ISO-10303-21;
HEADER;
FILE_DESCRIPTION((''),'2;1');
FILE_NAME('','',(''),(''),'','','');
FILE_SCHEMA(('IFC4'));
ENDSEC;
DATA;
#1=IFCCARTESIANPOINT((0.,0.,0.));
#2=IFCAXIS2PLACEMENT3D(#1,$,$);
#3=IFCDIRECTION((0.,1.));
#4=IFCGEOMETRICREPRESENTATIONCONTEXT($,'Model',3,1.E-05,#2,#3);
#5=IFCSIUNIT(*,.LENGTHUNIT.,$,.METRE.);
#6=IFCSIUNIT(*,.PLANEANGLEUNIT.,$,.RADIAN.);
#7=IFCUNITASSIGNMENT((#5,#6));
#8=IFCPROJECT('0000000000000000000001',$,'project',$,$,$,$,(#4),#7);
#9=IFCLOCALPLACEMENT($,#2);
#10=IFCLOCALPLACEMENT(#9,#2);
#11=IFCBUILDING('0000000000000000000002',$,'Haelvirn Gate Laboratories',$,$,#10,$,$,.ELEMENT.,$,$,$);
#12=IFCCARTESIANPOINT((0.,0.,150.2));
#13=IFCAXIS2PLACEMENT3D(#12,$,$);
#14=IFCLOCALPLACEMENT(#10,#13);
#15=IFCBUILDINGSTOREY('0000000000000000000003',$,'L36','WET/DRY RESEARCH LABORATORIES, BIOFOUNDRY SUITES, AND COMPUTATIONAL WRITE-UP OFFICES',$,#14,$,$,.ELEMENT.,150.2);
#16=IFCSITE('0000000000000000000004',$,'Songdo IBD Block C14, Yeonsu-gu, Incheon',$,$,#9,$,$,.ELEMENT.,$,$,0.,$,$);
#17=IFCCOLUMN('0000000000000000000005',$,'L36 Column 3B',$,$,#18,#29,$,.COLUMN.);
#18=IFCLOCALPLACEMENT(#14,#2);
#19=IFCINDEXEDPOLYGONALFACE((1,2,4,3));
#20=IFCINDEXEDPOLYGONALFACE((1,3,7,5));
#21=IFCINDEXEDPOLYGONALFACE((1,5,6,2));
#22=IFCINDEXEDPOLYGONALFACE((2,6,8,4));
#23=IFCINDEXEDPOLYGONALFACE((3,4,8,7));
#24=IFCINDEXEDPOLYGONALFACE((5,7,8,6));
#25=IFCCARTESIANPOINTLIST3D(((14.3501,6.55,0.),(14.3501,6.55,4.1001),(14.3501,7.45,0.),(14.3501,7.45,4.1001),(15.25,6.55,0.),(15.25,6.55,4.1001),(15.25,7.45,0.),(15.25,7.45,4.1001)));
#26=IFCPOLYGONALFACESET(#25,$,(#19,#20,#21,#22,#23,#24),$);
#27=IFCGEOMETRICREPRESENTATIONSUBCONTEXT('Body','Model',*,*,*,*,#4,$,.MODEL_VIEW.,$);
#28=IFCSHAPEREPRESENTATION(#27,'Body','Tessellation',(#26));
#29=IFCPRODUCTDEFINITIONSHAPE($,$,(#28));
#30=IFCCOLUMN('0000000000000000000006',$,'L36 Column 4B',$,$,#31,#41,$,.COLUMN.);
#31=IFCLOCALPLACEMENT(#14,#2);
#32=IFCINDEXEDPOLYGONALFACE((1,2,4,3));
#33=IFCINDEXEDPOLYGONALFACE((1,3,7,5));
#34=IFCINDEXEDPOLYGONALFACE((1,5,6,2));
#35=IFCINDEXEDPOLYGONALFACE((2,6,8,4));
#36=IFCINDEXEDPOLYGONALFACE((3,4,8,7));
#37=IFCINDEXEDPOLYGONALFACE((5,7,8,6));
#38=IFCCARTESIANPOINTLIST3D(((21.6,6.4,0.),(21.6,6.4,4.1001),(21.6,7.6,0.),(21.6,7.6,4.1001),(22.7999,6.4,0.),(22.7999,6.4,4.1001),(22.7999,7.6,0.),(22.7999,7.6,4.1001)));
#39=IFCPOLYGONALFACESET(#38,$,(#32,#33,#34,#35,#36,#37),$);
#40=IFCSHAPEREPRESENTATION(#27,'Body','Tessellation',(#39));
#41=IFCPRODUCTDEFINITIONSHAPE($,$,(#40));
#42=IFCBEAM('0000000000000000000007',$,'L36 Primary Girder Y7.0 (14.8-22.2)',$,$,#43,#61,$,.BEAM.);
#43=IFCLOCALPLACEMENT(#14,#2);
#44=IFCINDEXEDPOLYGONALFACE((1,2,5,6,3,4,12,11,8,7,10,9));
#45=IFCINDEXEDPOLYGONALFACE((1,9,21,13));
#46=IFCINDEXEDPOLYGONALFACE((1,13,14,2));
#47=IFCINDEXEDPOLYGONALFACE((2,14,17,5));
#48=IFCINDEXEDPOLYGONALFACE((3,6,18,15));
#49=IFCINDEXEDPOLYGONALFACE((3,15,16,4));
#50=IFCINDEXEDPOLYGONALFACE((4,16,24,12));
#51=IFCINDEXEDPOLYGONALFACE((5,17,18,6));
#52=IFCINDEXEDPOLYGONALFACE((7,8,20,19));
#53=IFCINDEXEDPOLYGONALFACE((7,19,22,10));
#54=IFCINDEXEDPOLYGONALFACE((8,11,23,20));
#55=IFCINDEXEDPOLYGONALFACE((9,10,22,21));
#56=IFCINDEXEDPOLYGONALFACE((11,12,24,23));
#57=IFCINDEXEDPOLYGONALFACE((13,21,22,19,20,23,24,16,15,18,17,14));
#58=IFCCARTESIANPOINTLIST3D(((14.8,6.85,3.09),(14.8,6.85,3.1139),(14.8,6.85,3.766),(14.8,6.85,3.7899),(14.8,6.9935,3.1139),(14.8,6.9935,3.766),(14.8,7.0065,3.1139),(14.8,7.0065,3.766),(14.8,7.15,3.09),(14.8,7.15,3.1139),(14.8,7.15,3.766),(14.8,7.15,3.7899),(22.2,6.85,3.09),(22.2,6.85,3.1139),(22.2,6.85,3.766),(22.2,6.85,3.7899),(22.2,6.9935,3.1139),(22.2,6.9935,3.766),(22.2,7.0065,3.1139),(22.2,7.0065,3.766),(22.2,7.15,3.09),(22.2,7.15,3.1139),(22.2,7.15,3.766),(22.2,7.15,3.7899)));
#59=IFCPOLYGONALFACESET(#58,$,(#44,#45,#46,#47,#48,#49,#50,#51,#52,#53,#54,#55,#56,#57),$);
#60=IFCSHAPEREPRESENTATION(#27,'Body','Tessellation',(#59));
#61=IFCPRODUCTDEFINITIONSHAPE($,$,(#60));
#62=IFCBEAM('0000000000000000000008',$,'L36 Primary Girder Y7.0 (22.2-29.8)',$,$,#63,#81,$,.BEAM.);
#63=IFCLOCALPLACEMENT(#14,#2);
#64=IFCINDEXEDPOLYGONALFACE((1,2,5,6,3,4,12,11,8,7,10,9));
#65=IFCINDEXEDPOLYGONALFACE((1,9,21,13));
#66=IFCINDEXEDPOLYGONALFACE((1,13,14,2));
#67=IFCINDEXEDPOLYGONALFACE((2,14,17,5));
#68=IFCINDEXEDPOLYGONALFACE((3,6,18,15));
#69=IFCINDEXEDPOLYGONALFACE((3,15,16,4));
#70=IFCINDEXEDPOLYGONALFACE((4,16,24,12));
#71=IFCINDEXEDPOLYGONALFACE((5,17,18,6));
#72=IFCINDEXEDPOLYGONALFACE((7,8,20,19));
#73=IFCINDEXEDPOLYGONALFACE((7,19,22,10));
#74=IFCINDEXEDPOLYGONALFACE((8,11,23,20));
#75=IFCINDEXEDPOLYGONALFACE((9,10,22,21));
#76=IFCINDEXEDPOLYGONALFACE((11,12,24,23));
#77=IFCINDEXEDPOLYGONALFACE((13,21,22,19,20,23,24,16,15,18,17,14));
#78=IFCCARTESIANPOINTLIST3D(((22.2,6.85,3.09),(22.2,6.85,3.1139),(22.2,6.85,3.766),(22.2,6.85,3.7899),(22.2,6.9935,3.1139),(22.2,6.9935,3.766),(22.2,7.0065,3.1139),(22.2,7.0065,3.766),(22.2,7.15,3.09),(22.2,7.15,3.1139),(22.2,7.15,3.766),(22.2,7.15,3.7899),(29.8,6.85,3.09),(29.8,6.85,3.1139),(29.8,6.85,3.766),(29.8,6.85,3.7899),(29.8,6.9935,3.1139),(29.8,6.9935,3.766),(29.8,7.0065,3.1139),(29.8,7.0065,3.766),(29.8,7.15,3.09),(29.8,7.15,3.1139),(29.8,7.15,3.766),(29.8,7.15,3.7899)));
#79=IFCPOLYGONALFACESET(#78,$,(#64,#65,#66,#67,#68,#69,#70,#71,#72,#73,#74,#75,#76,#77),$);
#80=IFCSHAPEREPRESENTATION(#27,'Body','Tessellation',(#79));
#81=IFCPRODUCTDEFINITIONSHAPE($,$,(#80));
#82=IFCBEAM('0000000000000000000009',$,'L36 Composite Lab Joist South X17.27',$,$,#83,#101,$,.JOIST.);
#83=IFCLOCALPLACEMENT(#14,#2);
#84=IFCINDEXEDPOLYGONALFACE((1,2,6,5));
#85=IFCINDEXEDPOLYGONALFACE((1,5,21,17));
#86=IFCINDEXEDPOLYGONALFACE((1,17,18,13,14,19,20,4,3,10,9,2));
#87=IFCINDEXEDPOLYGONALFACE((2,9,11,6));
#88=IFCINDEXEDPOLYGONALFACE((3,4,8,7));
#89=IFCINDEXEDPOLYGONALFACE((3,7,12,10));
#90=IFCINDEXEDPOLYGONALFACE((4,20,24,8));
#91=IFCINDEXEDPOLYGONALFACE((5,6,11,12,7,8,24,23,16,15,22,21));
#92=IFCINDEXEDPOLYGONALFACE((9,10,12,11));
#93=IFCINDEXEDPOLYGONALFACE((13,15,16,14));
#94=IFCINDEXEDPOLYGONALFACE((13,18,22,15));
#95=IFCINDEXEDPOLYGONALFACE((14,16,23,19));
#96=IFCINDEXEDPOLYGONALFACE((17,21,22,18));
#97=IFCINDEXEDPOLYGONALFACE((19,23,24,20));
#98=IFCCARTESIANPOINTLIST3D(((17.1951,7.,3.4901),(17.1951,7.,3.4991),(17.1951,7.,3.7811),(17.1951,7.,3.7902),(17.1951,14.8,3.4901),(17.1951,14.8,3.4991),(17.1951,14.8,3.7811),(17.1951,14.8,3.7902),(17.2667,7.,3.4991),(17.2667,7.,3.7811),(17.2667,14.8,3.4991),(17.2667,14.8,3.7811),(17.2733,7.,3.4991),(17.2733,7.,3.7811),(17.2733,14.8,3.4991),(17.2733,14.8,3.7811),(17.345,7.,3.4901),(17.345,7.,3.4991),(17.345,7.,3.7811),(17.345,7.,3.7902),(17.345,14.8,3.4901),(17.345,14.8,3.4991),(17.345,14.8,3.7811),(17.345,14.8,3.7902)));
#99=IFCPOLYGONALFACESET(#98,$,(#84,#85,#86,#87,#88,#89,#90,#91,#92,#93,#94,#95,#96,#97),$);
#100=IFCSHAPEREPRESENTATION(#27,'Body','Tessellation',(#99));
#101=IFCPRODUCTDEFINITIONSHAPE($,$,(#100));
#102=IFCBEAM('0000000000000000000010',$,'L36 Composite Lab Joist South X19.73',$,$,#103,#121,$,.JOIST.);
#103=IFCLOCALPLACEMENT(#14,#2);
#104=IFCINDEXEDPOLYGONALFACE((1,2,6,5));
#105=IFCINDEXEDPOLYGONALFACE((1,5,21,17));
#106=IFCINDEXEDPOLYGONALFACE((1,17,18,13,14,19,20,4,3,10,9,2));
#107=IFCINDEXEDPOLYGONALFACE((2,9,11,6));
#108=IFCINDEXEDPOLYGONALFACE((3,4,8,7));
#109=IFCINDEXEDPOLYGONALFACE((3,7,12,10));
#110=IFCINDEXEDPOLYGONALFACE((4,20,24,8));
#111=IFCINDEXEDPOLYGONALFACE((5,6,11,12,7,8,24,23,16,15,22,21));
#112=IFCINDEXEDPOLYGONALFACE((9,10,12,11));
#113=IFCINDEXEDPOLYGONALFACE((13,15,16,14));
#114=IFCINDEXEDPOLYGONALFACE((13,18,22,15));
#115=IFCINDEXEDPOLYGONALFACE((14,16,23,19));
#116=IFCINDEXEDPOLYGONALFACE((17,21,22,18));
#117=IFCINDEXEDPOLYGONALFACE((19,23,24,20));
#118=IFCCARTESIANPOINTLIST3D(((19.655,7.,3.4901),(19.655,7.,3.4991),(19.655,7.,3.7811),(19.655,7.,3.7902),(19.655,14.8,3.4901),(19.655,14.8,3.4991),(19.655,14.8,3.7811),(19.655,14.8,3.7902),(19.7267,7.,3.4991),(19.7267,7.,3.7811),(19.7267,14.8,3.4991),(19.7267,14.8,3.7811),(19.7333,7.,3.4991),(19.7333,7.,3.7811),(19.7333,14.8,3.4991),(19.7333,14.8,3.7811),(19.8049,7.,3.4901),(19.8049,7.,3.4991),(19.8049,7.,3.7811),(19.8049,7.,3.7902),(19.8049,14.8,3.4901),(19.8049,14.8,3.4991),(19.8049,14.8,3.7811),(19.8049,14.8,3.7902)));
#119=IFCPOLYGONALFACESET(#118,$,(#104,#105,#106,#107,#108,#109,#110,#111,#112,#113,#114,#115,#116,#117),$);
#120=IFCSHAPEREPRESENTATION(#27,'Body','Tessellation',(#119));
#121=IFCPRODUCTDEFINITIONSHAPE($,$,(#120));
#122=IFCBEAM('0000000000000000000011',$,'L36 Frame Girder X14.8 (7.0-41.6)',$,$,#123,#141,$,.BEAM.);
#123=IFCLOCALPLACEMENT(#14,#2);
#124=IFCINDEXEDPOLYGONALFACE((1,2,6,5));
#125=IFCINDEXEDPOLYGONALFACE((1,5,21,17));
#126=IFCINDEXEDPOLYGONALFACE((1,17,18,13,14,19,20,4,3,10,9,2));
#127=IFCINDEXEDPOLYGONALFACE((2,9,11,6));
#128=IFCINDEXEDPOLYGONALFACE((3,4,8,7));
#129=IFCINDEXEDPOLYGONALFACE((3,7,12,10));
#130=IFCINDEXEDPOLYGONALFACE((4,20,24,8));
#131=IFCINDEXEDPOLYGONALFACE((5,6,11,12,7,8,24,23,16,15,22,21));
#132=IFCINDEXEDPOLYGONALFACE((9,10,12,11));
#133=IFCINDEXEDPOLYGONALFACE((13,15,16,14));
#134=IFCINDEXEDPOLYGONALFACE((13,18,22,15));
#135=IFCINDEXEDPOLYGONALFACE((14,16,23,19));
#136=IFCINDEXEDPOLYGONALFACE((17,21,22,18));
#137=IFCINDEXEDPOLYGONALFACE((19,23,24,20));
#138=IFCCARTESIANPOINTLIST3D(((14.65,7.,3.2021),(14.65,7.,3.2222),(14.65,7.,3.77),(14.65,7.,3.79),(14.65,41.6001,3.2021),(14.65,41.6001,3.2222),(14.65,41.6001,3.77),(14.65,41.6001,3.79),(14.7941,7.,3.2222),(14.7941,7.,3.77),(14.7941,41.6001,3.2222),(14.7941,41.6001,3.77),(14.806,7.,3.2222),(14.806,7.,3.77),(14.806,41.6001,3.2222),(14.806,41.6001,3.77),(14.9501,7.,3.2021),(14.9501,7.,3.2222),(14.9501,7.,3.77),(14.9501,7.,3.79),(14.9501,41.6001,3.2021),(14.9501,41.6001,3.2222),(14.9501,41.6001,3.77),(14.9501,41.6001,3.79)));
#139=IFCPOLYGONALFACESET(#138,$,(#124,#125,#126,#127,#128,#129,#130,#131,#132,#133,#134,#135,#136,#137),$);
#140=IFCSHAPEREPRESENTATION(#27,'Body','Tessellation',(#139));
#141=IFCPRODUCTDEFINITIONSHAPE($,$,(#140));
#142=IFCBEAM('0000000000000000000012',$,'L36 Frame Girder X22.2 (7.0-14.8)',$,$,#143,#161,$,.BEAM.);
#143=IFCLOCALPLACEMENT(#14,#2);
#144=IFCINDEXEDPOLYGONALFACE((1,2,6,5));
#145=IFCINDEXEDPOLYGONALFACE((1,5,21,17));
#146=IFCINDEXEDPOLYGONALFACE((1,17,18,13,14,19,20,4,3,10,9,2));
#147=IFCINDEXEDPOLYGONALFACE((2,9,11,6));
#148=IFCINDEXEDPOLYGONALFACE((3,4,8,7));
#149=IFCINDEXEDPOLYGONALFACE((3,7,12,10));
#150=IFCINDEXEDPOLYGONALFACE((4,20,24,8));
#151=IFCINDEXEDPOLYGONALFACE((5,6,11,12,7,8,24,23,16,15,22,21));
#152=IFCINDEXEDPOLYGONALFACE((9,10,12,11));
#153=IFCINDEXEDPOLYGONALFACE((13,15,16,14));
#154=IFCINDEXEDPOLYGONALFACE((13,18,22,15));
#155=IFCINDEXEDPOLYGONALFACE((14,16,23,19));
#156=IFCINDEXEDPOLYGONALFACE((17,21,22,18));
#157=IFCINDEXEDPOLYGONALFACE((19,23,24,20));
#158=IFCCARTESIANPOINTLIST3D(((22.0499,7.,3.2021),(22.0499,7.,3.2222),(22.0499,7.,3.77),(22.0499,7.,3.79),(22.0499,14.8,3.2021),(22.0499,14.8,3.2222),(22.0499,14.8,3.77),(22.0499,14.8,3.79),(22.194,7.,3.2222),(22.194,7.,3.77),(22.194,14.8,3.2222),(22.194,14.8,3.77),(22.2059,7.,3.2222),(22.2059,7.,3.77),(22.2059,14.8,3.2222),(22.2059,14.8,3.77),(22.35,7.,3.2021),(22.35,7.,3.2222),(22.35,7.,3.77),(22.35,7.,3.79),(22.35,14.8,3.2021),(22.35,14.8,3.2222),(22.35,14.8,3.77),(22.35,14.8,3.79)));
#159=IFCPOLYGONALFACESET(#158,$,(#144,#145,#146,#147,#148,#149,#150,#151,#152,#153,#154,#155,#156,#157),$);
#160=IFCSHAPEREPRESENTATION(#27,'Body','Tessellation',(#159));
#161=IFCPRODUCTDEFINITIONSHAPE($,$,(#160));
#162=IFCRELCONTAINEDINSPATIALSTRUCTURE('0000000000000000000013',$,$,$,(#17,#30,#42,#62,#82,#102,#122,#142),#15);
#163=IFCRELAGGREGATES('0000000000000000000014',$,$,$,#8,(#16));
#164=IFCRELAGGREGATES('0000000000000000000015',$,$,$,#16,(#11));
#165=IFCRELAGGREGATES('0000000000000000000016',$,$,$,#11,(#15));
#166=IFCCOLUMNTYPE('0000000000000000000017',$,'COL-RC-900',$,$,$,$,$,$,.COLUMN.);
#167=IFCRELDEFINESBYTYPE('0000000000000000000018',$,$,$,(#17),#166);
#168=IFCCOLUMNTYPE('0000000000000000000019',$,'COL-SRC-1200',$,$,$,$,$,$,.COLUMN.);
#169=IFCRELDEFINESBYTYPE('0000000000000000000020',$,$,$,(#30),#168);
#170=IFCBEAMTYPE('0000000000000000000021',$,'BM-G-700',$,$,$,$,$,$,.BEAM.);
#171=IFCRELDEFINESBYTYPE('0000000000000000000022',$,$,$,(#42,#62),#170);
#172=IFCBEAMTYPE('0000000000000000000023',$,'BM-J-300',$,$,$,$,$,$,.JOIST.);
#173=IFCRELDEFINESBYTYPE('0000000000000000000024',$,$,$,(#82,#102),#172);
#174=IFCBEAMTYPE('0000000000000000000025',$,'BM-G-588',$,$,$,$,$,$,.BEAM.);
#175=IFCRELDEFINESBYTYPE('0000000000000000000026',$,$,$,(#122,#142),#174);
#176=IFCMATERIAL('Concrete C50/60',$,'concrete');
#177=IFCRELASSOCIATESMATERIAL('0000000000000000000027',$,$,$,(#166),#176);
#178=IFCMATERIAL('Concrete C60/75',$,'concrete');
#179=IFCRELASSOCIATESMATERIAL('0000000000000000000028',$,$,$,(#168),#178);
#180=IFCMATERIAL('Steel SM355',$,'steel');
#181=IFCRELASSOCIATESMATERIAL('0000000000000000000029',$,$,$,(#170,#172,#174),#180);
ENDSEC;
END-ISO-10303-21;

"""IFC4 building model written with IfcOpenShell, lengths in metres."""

from ifc_helpers import new_model, si_unit, direction, frame, origin, origin_2d, place, context, subcontext, project, spatial, rectangle, i_section, extrude, source, transform, mapped, material, material_profile, profile_set, type_object, type_shapes, element, save


model = new_model("IFC4")

# Units and contexts
model_context = context("Model", 3, precision=1e-05, world=origin(), true_north=direction((0.0, 1.0)))
body_context = subcontext(model_context, "Body", "Model", "MODEL_VIEW")
ifc_project = project(units=[si_unit("LENGTHUNIT", "METRE"), si_unit("PLANEANGLEUNIT", "RADIAN")], contexts=[model_context])

# Site, building, storey
site_placement = place(None, origin())
site = spatial("IfcSite", under=ifc_project, at=site_placement, Name="Songdo IBD Block C14, Yeonsu-gu, Incheon", CompositionType="ELEMENT", RefElevation=0.0)
building_placement = place(site_placement, origin())
building = spatial("IfcBuilding", under=site, at=building_placement, Name="Haelvirn Gate Laboratories", CompositionType="ELEMENT")
storey_placement = place(building_placement, frame((0.0, 0.0, 150.2)))
storey = spatial("IfcBuildingStorey", under=building, at=storey_placement, Name="L36", Description="WET/DRY RESEARCH LABORATORIES, BIOFOUNDRY SUITES, AND COMPUTATIONAL WRITE-UP OFFICES", CompositionType="ELEMENT", Elevation=150.2)

# Columns
ifc_material_1 = material(Name="Concrete C50/60", Category="concrete")
ifc_material_profile_1 = material_profile(ifc_material_1, rectangle(XDim=0.8999, YDim=0.8999, at=origin_2d()), Name="RC-900x900")
ifc_profile_set_1 = profile_set([ifc_material_profile_1], Name="Concrete C50/60")
column_type_1 = type_object("IfcColumnType", Name="COL-RC-900", PredefinedType="COLUMN", material=ifc_profile_set_1)
shared_shape_1 = source(origin(), body_context, "Body", "SweptSolid", [
    extrude(rectangle(XDim=0.8999, YDim=0.8999, at=origin_2d()), origin(), (0.0, 0.0, 1.0), 4.1001),
])
type_shapes(column_type_1, [shared_shape_1])
column_1_placement = place(storey_placement, frame((14.8, 7.0, 0.0), z_axis=(0.0, 0.0, 1.0), x_axis=(1.0, 0.0, 0.0)))
element("IfcColumn", 1, at=column_1_placement, inside=storey, type_object=column_type_1, Name="L36 Column 3B", PredefinedType="COLUMN", context=body_context, shape_type="MappedRepresentation", body=[
    mapped(shared_shape_1, transform((0.0, 0.0, 0.0), scale=1.0)),
])
ifc_material_2 = material(Name="Concrete C60/75", Category="concrete")
ifc_material_profile_2 = material_profile(ifc_material_2, rectangle(XDim=1.2, YDim=1.2, at=origin_2d()), Name="SRC-1200x1200")
ifc_profile_set_2 = profile_set([ifc_material_profile_2], Name="Concrete C60/75")
column_type_2 = type_object("IfcColumnType", Name="COL-SRC-1200", PredefinedType="COLUMN", material=ifc_profile_set_2)
shared_shape_2 = source(origin(), body_context, "Body", "SweptSolid", [
    extrude(rectangle(XDim=1.2, YDim=1.2, at=origin_2d()), origin(), (0.0, 0.0, 1.0), 4.1001),
])
type_shapes(column_type_2, [shared_shape_2])
column_2_placement = place(storey_placement, frame((22.2, 7.0, 0.0), z_axis=(0.0, 0.0, 1.0), x_axis=(1.0, 0.0, 0.0)))
element("IfcColumn", 2, at=column_2_placement, inside=storey, type_object=column_type_2, Name="L36 Column 4B", PredefinedType="COLUMN", context=body_context, shape_type="MappedRepresentation", body=[
    mapped(shared_shape_2, transform((0.0, 0.0, 0.0), scale=1.0)),
])

# Beams
ifc_material_3 = material(Name="Steel SM355", Category="steel")
ifc_material_profile_3 = material_profile(ifc_material_3, i_section(OverallWidth=0.3, OverallDepth=0.7, WebThickness=0.0129, FlangeThickness=0.0239, at=origin_2d()), Name="H-700x300x13x24")
ifc_profile_set_3 = profile_set([ifc_material_profile_3], Name="Steel SM355")
beam_type_1 = type_object("IfcBeamType", Name="BM-G-700", PredefinedType="BEAM", material=ifc_profile_set_3)
shared_shape_3 = source(origin(), body_context, "Body", "SweptSolid", [
    extrude(i_section(OverallWidth=0.3, OverallDepth=0.7, WebThickness=0.0129, FlangeThickness=0.0239, at=origin_2d()), origin(), (0.0, 0.0, 1.0), 7.3999),
])
beam_1_placement = place(storey_placement, frame((14.8, 7.0, 3.4399), z_axis=(1.0, 0.0, 0.0), x_axis=(0.0, 1.0, 0.0)))
element("IfcBeam", 3, at=beam_1_placement, inside=storey, type_object=beam_type_1, Name="L36 Primary Girder Y7.0 (14.8-22.2)", PredefinedType="BEAM", context=body_context, shape_type="MappedRepresentation", body=[
    mapped(shared_shape_3, transform((0.0, 0.0, 0.0), scale=1.0)),
])
shared_shape_4 = source(origin(), body_context, "Body", "SweptSolid", [
    extrude(i_section(OverallWidth=0.3, OverallDepth=0.7, WebThickness=0.0129, FlangeThickness=0.0239, at=origin_2d()), origin(), (0.0, 0.0, 1.0), 7.6001),
])
type_shapes(beam_type_1, [shared_shape_3, shared_shape_4])
beam_2_placement = place(storey_placement, frame((22.2, 7.0, 3.4399), z_axis=(1.0, 0.0, 0.0), x_axis=(0.0, 1.0, 0.0)))
element("IfcBeam", 4, at=beam_2_placement, inside=storey, type_object=beam_type_1, Name="L36 Primary Girder Y7.0 (22.2-29.8)", PredefinedType="BEAM", context=body_context, shape_type="MappedRepresentation", body=[
    mapped(shared_shape_4, transform((0.0, 0.0, 0.0), scale=1.0)),
])
ifc_material_profile_4 = material_profile(ifc_material_3, i_section(OverallWidth=0.1499, OverallDepth=0.3, WebThickness=0.0066, FlangeThickness=0.009, at=origin_2d()), Name="H-300x150x6.5x9")
ifc_profile_set_4 = profile_set([ifc_material_profile_4], Name="Steel SM355")
beam_type_2 = type_object("IfcBeamType", Name="BM-J-300", PredefinedType="JOIST", material=ifc_profile_set_4)
shared_shape_5 = source(origin(), body_context, "Body", "SweptSolid", [
    extrude(i_section(OverallWidth=0.1499, OverallDepth=0.3, WebThickness=0.0066, FlangeThickness=0.009, at=origin_2d()), origin(), (0.0, 0.0, 1.0), 7.8),
])
type_shapes(beam_type_2, [shared_shape_5])
for number, where, z_axis, x_axis, name in (
    (5, (17.27, 7.0, 3.6401), (0.0, 1.0, 0.0), (-1.0, 0.0, 0.0), "L36 Composite Lab Joist South X17.27"),
    (6, (19.73, 7.0, 3.6401), (0.0, 1.0, 0.0), (-1.0, 0.0, 0.0), "L36 Composite Lab Joist South X19.73"),
):
    element("IfcBeam", number, at=place(storey_placement, frame(where, z_axis=z_axis, x_axis=x_axis)), inside=storey, type_object=beam_type_2, Name=name, PredefinedType="JOIST", context=body_context, shape_type="MappedRepresentation", body=[
        mapped(shared_shape_5, transform((0.0, 0.0, 0.0), scale=1.0)),
    ])
ifc_material_profile_5 = material_profile(ifc_material_3, i_section(OverallWidth=0.3, OverallDepth=0.5879, WebThickness=0.012, FlangeThickness=0.02, at=origin_2d()), Name="H-588x300x12x20")
ifc_profile_set_5 = profile_set([ifc_material_profile_5], Name="Steel SM355")
beam_type_3 = type_object("IfcBeamType", Name="BM-G-588", PredefinedType="BEAM", material=ifc_profile_set_5)
shared_shape_6 = source(origin(), body_context, "Body", "SweptSolid", [
    extrude(i_section(OverallWidth=0.3, OverallDepth=0.5879, WebThickness=0.012, FlangeThickness=0.02, at=origin_2d()), origin(), (0.0, 0.0, 1.0), 34.6001),
])
beam_3_placement = place(storey_placement, frame((14.8, 7.0, 3.4961), z_axis=(0.0, 1.0, 0.0), x_axis=(-1.0, 0.0, 0.0)))
element("IfcBeam", 7, at=beam_3_placement, inside=storey, type_object=beam_type_3, Name="L36 Frame Girder X14.8 (7.0-41.6)", PredefinedType="BEAM", context=body_context, shape_type="MappedRepresentation", body=[
    mapped(shared_shape_6, transform((0.0, 0.0, 0.0), scale=1.0)),
])
shared_shape_7 = source(origin(), body_context, "Body", "SweptSolid", [
    extrude(i_section(OverallWidth=0.3, OverallDepth=0.5879, WebThickness=0.012, FlangeThickness=0.02, at=origin_2d()), origin(), (0.0, 0.0, 1.0), 7.8),
])
type_shapes(beam_type_3, [shared_shape_6, shared_shape_7])
beam_4_placement = place(storey_placement, frame((22.2, 7.0, 3.4961), z_axis=(0.0, 1.0, 0.0), x_axis=(-1.0, 0.0, 0.0)))
element("IfcBeam", 8, at=beam_4_placement, inside=storey, type_object=beam_type_3, Name="L36 Frame Girder X22.2 (7.0-14.8)", PredefinedType="BEAM", context=body_context, shape_type="MappedRepresentation", body=[
    mapped(shared_shape_7, transform((0.0, 0.0, 0.0), scale=1.0)),
])

save(model, "model.ifc")
